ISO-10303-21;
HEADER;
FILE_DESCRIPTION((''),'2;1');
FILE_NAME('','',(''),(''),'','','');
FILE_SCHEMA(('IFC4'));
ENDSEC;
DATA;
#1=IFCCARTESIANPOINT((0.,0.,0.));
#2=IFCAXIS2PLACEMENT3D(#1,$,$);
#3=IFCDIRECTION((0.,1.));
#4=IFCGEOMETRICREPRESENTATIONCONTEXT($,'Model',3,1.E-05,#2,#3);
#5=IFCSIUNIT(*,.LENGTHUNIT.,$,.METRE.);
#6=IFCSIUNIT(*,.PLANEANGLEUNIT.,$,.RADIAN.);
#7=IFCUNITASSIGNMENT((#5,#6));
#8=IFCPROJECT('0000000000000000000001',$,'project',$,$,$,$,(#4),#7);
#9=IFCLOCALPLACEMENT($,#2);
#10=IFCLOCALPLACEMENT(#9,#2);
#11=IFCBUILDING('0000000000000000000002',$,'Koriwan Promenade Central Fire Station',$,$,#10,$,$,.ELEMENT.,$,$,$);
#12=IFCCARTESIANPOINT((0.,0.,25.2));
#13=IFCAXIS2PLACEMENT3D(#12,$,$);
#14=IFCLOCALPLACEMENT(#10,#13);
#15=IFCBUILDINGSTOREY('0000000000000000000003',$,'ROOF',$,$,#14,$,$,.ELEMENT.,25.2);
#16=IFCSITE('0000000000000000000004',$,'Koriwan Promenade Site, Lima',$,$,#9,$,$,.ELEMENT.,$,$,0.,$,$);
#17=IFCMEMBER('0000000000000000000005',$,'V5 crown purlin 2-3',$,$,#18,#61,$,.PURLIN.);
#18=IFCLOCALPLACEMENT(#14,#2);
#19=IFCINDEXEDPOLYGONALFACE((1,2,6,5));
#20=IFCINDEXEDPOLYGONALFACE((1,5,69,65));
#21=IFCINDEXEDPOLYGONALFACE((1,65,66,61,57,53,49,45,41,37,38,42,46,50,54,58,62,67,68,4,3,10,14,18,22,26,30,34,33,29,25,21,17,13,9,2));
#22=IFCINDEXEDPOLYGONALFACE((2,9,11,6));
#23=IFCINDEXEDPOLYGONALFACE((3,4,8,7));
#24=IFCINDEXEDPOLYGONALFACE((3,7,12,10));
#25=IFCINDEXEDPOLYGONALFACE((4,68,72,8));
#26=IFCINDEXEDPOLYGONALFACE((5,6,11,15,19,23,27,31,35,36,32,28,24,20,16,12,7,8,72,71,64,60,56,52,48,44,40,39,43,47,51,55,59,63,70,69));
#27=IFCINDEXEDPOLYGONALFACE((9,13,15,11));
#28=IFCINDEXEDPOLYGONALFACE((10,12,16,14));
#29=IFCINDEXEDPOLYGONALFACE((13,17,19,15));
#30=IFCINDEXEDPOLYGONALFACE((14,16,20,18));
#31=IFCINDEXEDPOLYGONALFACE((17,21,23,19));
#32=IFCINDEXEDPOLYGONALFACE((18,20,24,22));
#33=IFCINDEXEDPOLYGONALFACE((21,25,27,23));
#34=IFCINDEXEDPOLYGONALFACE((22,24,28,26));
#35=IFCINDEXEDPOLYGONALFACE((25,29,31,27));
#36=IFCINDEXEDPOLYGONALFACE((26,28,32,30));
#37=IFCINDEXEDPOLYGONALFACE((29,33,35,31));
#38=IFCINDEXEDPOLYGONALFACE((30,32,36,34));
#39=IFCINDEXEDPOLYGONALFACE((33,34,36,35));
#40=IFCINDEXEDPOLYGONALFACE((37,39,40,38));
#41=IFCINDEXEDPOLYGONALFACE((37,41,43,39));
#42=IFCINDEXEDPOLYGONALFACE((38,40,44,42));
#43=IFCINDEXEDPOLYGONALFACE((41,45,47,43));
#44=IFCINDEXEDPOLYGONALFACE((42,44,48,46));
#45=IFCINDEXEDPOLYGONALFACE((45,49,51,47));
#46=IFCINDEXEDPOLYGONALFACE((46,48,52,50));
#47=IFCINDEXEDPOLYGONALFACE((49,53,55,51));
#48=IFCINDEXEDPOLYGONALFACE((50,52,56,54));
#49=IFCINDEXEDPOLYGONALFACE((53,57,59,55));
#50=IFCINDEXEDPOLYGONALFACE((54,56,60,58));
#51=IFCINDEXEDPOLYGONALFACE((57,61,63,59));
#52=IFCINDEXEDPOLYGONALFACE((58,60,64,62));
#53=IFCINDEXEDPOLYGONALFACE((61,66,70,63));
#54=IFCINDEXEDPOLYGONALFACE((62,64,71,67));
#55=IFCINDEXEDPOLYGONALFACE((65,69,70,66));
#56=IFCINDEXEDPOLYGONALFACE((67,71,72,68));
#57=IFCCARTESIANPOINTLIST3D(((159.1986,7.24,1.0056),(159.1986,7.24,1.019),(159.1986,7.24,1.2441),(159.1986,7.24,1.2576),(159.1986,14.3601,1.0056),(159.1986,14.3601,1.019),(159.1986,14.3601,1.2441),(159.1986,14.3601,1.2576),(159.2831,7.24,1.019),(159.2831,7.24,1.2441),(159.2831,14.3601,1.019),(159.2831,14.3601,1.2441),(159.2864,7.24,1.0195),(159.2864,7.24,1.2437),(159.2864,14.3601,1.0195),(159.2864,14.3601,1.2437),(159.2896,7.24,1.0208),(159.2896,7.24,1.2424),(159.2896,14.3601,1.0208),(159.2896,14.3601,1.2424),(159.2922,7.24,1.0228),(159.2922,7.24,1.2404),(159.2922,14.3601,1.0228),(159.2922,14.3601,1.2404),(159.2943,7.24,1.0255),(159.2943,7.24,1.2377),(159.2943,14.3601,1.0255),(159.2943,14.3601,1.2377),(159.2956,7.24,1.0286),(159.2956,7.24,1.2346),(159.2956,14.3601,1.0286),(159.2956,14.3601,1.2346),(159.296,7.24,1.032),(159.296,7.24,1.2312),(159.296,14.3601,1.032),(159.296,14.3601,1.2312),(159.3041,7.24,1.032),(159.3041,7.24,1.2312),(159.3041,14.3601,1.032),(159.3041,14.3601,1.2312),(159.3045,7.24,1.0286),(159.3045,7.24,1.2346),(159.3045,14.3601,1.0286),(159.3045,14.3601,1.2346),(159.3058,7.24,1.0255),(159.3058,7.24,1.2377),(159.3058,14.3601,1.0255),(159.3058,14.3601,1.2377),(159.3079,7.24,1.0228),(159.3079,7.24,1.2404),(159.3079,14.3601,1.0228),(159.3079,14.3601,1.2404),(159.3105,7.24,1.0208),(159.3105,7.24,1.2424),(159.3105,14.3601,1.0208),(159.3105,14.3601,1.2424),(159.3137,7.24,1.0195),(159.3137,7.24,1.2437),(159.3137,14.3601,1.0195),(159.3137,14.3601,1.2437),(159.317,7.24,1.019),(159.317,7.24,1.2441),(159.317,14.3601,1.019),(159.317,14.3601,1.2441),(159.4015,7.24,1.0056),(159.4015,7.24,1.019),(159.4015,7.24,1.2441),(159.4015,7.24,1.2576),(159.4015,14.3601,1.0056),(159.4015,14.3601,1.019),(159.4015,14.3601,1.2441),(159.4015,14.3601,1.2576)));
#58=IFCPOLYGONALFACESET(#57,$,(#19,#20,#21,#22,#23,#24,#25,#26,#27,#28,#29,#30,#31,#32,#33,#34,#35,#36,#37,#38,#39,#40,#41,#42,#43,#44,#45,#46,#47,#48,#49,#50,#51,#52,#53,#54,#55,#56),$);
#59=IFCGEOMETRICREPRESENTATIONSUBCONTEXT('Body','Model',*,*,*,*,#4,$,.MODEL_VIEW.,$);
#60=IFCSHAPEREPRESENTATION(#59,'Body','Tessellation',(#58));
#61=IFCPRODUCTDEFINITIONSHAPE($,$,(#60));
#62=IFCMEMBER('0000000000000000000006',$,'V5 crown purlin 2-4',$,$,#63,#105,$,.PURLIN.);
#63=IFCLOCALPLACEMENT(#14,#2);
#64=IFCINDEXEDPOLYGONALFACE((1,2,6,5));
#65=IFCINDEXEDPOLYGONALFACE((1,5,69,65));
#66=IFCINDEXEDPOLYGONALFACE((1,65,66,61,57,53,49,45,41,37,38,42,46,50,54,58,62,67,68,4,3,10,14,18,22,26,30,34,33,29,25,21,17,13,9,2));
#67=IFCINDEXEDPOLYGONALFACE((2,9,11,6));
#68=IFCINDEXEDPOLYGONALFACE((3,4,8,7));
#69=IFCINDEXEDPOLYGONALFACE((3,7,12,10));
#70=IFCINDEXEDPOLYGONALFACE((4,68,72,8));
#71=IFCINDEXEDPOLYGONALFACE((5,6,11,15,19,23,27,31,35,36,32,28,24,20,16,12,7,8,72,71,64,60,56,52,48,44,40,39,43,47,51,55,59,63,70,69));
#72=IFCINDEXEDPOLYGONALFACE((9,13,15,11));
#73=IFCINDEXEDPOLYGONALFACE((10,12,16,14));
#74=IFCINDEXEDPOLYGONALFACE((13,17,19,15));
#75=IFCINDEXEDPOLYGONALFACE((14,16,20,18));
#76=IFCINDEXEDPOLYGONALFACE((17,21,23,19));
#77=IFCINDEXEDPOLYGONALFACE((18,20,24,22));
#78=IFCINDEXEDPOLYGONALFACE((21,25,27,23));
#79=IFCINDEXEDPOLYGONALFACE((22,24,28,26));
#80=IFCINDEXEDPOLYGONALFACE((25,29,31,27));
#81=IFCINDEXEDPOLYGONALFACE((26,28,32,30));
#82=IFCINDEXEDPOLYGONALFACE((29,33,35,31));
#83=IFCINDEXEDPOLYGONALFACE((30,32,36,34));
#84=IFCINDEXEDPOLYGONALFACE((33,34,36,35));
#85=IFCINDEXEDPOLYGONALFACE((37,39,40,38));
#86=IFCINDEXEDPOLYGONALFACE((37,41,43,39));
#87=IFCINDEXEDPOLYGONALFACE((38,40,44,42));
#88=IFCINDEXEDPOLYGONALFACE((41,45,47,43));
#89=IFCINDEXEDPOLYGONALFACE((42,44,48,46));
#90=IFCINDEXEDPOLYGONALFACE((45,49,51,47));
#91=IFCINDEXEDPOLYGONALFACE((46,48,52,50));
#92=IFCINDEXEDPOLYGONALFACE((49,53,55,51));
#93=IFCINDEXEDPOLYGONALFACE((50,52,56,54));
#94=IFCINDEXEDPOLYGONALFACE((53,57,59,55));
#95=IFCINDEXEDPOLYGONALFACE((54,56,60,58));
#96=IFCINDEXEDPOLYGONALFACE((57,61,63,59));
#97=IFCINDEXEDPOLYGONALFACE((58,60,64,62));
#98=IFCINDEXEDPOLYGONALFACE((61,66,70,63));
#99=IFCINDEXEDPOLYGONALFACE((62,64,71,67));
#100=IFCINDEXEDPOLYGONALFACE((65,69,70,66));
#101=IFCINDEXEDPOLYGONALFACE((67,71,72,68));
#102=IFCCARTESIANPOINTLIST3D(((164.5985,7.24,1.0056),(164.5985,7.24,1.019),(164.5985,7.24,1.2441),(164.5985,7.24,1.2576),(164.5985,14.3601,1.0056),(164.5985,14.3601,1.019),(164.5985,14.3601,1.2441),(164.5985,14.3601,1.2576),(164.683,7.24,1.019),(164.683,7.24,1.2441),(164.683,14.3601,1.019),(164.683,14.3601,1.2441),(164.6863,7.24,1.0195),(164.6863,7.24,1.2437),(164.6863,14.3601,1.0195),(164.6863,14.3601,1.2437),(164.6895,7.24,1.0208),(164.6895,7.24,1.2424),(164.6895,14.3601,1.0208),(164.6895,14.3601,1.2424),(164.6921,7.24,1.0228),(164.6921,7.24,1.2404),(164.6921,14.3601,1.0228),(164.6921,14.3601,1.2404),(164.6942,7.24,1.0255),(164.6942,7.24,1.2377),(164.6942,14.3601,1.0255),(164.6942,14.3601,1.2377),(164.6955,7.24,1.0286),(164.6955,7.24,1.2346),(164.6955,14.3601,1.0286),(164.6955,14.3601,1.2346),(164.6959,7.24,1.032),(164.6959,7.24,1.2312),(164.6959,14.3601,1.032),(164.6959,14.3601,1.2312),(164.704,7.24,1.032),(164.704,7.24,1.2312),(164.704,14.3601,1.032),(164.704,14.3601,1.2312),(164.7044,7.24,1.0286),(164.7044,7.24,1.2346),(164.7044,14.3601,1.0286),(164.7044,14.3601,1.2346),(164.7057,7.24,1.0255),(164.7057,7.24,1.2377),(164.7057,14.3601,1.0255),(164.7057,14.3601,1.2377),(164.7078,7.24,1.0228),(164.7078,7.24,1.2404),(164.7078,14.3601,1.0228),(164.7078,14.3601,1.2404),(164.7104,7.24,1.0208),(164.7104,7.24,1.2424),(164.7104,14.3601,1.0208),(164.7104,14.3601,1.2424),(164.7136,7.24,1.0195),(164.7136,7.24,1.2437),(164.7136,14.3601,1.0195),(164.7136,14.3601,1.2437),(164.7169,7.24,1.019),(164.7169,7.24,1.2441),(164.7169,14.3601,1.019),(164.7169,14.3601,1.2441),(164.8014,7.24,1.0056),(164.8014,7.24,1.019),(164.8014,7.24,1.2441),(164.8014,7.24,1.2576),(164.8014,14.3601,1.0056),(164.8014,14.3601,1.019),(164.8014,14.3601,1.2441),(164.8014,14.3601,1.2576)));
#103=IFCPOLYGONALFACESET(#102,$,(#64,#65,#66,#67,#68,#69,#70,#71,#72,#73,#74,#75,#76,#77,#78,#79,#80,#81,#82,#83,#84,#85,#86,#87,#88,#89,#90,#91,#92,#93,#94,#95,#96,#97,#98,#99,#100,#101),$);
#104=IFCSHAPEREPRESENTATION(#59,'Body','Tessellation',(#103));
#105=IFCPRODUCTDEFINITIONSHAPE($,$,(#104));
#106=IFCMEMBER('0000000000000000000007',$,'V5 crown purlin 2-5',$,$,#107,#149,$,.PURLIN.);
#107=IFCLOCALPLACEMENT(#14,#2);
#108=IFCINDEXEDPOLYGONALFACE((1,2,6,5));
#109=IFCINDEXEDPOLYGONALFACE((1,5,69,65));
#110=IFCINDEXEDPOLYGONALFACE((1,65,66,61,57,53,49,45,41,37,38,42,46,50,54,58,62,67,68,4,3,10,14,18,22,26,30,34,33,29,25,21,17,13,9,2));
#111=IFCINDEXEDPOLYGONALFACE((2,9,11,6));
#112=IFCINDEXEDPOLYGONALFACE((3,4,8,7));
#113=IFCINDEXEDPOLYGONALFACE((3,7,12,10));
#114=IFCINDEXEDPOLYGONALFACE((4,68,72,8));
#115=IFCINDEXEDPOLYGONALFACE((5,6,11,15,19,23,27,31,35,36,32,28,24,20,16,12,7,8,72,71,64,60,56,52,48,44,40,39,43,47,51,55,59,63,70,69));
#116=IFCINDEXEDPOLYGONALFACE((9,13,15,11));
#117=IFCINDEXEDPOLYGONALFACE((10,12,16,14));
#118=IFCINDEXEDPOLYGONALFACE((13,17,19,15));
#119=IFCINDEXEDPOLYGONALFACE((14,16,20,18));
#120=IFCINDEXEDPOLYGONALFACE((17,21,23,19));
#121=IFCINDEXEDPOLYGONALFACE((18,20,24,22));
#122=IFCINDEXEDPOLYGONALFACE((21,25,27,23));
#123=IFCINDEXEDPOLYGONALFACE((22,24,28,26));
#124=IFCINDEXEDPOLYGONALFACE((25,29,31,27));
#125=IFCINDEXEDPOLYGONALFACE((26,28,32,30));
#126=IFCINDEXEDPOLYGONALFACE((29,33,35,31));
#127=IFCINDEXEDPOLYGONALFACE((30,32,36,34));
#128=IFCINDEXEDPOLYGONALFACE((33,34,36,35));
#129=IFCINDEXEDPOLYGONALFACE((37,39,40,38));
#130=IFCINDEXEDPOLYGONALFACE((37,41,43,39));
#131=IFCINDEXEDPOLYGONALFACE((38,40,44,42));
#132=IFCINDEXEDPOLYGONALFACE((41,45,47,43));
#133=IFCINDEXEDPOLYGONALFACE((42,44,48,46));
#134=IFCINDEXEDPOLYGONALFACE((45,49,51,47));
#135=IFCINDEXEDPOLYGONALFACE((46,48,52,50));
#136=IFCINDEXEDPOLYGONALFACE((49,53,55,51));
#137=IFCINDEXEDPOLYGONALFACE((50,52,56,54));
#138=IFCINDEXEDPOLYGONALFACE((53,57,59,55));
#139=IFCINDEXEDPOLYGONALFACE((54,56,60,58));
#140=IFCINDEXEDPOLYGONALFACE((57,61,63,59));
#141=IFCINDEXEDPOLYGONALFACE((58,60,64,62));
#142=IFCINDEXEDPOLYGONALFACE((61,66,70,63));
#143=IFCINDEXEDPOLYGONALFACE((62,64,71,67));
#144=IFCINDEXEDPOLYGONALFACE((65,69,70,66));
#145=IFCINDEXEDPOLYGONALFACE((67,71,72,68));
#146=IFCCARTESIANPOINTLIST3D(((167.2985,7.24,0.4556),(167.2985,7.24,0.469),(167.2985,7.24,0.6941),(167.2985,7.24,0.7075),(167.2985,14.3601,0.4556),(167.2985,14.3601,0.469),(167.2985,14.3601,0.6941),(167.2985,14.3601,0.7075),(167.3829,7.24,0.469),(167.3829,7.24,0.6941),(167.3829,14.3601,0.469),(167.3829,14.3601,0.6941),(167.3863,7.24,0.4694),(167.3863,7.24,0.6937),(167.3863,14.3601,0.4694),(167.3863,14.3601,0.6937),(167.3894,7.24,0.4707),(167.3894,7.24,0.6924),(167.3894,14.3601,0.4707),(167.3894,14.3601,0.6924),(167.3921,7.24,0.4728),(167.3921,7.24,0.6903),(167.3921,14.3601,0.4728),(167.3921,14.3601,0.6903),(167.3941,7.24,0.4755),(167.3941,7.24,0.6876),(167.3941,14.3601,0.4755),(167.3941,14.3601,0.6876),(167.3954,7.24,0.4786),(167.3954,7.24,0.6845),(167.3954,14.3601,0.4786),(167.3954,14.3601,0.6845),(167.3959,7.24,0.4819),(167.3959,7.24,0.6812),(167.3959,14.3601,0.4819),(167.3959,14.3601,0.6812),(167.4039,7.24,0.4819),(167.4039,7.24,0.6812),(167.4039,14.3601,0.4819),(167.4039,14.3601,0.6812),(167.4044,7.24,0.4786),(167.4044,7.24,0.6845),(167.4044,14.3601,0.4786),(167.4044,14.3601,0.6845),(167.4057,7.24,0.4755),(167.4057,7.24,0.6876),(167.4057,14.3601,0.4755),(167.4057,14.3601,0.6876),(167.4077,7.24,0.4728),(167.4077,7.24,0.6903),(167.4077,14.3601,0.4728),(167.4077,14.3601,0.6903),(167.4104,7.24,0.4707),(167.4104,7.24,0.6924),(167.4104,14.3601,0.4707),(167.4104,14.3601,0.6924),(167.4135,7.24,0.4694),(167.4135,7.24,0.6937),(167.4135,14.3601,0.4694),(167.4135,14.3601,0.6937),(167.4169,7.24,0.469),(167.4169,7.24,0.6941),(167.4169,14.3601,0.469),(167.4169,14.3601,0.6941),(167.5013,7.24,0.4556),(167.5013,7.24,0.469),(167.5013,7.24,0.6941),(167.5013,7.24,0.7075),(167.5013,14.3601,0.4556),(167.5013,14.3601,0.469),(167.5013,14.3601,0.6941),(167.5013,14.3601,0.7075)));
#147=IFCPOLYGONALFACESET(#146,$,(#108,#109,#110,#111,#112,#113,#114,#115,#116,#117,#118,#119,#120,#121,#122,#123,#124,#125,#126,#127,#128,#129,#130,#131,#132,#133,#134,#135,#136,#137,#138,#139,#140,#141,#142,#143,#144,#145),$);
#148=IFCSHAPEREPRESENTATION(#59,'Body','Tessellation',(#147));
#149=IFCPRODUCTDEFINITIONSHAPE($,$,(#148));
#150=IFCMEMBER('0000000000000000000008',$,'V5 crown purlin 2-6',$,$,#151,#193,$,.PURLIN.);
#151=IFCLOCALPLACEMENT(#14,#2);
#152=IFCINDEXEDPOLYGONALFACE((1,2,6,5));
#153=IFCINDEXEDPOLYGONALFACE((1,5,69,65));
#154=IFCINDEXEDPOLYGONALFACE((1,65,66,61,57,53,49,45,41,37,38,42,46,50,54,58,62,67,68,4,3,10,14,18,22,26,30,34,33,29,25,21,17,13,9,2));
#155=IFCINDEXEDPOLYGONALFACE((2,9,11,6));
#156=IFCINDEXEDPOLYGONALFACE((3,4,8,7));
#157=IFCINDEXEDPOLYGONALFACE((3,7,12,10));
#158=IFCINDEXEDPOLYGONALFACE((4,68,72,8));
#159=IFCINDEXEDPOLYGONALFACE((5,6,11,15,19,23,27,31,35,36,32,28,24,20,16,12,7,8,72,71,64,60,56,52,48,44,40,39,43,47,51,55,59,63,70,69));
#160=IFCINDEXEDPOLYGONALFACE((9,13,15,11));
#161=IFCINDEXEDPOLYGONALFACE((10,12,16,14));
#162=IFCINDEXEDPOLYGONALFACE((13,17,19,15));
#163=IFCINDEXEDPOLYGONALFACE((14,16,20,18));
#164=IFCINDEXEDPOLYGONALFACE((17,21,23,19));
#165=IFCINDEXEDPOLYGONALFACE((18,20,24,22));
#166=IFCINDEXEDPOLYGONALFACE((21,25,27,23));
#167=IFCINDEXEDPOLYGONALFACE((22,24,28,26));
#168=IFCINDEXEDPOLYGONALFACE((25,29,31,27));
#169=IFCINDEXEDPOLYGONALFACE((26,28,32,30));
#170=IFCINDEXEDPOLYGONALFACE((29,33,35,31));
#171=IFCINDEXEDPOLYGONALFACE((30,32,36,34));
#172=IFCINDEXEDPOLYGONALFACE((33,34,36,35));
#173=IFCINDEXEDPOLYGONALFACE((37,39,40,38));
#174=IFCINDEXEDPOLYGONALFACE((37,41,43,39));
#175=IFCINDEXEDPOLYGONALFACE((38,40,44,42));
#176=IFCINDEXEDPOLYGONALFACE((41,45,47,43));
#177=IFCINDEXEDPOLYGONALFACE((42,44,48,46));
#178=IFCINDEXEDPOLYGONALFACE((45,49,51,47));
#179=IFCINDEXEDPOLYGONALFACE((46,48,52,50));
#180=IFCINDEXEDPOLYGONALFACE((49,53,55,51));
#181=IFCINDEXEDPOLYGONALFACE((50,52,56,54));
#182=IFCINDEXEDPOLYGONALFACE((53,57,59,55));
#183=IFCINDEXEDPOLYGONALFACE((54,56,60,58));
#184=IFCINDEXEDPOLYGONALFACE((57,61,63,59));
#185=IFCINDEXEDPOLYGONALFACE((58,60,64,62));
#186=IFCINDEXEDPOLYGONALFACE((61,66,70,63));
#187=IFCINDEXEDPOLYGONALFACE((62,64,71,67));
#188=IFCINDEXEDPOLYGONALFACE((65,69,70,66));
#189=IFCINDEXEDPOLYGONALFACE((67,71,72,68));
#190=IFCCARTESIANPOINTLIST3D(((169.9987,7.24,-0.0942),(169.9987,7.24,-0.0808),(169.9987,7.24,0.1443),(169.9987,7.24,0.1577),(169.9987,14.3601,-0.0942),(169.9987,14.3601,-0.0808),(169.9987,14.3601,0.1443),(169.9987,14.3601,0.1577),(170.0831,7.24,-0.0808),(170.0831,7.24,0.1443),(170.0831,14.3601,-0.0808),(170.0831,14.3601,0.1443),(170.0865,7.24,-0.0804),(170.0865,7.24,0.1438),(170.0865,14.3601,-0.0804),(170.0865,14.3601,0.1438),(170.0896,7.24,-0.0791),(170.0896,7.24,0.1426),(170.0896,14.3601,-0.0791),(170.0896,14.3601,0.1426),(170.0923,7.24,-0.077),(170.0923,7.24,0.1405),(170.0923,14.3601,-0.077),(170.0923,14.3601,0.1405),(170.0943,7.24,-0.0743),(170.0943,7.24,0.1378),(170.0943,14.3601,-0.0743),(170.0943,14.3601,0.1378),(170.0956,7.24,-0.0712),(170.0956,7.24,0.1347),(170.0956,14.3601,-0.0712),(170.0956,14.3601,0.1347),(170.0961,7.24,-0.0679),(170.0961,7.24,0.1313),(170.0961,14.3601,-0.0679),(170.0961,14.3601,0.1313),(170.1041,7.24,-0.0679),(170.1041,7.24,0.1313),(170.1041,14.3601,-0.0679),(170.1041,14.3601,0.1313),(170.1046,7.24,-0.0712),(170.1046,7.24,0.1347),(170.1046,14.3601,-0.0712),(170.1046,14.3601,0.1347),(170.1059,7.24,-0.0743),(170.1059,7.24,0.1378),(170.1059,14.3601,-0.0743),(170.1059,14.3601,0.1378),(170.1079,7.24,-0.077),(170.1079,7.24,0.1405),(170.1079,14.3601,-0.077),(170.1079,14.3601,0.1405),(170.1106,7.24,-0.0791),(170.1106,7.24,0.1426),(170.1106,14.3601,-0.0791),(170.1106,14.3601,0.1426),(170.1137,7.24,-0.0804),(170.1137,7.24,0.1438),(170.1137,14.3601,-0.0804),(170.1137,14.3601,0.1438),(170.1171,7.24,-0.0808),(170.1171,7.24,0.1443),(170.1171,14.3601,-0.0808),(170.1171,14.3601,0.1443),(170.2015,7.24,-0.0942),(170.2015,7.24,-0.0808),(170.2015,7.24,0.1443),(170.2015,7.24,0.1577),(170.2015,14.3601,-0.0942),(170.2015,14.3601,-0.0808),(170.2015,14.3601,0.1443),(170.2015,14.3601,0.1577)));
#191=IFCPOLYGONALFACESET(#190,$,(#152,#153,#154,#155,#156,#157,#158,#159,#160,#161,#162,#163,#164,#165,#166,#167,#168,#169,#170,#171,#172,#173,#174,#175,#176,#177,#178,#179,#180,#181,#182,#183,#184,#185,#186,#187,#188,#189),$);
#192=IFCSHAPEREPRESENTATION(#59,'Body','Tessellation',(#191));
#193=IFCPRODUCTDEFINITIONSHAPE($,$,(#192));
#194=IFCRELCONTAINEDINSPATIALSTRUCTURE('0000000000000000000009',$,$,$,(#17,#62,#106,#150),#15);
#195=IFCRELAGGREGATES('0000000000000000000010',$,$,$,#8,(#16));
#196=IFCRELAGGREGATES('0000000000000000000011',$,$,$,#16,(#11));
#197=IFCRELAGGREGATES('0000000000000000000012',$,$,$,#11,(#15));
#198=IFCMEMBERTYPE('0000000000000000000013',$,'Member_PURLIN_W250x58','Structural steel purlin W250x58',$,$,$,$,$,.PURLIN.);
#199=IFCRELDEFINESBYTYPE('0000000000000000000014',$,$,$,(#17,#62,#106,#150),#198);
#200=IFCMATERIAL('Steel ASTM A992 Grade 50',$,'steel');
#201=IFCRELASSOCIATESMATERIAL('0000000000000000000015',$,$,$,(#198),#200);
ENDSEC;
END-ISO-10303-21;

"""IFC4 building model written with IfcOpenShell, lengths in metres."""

from ifc_helpers import new_model, si_unit, direction, frame, origin, origin_2d, place, context, subcontext, project, spatial, i_section, extrude, material, material_profile, profile_set, type_object, element, save


model = new_model("IFC4")

# Units and contexts
model_context = context("Model", 3, precision=1e-05, world=origin(), true_north=direction((0.0, 1.0)))
body_context = subcontext(model_context, "Body", "Model", "MODEL_VIEW")
ifc_project = project(units=[si_unit("LENGTHUNIT", "METRE"), si_unit("PLANEANGLEUNIT", "RADIAN")], contexts=[model_context])

# Site, building, storey
site_placement = place(None, origin())
site = spatial("IfcSite", under=ifc_project, at=site_placement, Name="Koriwan Promenade Site, Lima", CompositionType="ELEMENT", RefElevation=0.0)
building_placement = place(site_placement, origin())
building = spatial("IfcBuilding", under=site, at=building_placement, Name="Koriwan Promenade Central Fire Station", CompositionType="ELEMENT")
storey_placement = place(building_placement, frame((0.0, 0.0, 25.2)))
storey = spatial("IfcBuildingStorey", under=building, at=storey_placement, Name="ROOF", CompositionType="ELEMENT", Elevation=25.2)

# Members
ifc_material_1 = material(Name="Steel ASTM A992 Grade 50", Category="steel")
ifc_material_profile_1 = material_profile(ifc_material_1, i_section(OverallWidth=0.2029, OverallDepth=0.252, WebThickness=0.0081, FlangeThickness=0.0134, FilletRadius=0.0129, at=origin_2d()), Name="W250x58")
ifc_profile_set_1 = profile_set([ifc_material_profile_1], Name="Steel ASTM A992 Grade 50")
member_type_1 = type_object("IfcMemberType", Name="Member_PURLIN_W250x58", Description="Structural steel purlin W250x58", PredefinedType="PURLIN", material=ifc_profile_set_1)
for number, where, z_axis, x_axis, name in (
    (1, (159.3, 7.24, 1.1316), (0.0, 1.0, 0.0), (-1.0, 0.0, 0.0), "V5 crown purlin 2-3"),
    (2, (164.7, 7.24, 1.1316), (0.0, 1.0, 0.0), (-1.0, 0.0, 0.0), "V5 crown purlin 2-4"),
    (3, (167.3999, 7.24, 0.5815), (0.0, 1.0, 0.0), (-1.0, 0.0, 0.0), "V5 crown purlin 2-5"),
    (4, (170.1001, 7.24, 0.0317), (0.0, 1.0, 0.0), (-1.0, 0.0, 0.0), "V5 crown purlin 2-6"),
):
    element("IfcMember", number, at=place(storey_placement, frame(where, z_axis=z_axis, x_axis=x_axis)), inside=storey, type_object=member_type_1, Name=name, PredefinedType="PURLIN", context=body_context, shape_type="SweptSolid", body=[
        extrude(i_section(OverallWidth=0.2029, OverallDepth=0.252, WebThickness=0.0081, FlangeThickness=0.0134, FilletRadius=0.0129, at=origin_2d()), origin(), (0.0, 0.0, 1.0), 7.1201),
    ])

save(model, "model.ifc")
